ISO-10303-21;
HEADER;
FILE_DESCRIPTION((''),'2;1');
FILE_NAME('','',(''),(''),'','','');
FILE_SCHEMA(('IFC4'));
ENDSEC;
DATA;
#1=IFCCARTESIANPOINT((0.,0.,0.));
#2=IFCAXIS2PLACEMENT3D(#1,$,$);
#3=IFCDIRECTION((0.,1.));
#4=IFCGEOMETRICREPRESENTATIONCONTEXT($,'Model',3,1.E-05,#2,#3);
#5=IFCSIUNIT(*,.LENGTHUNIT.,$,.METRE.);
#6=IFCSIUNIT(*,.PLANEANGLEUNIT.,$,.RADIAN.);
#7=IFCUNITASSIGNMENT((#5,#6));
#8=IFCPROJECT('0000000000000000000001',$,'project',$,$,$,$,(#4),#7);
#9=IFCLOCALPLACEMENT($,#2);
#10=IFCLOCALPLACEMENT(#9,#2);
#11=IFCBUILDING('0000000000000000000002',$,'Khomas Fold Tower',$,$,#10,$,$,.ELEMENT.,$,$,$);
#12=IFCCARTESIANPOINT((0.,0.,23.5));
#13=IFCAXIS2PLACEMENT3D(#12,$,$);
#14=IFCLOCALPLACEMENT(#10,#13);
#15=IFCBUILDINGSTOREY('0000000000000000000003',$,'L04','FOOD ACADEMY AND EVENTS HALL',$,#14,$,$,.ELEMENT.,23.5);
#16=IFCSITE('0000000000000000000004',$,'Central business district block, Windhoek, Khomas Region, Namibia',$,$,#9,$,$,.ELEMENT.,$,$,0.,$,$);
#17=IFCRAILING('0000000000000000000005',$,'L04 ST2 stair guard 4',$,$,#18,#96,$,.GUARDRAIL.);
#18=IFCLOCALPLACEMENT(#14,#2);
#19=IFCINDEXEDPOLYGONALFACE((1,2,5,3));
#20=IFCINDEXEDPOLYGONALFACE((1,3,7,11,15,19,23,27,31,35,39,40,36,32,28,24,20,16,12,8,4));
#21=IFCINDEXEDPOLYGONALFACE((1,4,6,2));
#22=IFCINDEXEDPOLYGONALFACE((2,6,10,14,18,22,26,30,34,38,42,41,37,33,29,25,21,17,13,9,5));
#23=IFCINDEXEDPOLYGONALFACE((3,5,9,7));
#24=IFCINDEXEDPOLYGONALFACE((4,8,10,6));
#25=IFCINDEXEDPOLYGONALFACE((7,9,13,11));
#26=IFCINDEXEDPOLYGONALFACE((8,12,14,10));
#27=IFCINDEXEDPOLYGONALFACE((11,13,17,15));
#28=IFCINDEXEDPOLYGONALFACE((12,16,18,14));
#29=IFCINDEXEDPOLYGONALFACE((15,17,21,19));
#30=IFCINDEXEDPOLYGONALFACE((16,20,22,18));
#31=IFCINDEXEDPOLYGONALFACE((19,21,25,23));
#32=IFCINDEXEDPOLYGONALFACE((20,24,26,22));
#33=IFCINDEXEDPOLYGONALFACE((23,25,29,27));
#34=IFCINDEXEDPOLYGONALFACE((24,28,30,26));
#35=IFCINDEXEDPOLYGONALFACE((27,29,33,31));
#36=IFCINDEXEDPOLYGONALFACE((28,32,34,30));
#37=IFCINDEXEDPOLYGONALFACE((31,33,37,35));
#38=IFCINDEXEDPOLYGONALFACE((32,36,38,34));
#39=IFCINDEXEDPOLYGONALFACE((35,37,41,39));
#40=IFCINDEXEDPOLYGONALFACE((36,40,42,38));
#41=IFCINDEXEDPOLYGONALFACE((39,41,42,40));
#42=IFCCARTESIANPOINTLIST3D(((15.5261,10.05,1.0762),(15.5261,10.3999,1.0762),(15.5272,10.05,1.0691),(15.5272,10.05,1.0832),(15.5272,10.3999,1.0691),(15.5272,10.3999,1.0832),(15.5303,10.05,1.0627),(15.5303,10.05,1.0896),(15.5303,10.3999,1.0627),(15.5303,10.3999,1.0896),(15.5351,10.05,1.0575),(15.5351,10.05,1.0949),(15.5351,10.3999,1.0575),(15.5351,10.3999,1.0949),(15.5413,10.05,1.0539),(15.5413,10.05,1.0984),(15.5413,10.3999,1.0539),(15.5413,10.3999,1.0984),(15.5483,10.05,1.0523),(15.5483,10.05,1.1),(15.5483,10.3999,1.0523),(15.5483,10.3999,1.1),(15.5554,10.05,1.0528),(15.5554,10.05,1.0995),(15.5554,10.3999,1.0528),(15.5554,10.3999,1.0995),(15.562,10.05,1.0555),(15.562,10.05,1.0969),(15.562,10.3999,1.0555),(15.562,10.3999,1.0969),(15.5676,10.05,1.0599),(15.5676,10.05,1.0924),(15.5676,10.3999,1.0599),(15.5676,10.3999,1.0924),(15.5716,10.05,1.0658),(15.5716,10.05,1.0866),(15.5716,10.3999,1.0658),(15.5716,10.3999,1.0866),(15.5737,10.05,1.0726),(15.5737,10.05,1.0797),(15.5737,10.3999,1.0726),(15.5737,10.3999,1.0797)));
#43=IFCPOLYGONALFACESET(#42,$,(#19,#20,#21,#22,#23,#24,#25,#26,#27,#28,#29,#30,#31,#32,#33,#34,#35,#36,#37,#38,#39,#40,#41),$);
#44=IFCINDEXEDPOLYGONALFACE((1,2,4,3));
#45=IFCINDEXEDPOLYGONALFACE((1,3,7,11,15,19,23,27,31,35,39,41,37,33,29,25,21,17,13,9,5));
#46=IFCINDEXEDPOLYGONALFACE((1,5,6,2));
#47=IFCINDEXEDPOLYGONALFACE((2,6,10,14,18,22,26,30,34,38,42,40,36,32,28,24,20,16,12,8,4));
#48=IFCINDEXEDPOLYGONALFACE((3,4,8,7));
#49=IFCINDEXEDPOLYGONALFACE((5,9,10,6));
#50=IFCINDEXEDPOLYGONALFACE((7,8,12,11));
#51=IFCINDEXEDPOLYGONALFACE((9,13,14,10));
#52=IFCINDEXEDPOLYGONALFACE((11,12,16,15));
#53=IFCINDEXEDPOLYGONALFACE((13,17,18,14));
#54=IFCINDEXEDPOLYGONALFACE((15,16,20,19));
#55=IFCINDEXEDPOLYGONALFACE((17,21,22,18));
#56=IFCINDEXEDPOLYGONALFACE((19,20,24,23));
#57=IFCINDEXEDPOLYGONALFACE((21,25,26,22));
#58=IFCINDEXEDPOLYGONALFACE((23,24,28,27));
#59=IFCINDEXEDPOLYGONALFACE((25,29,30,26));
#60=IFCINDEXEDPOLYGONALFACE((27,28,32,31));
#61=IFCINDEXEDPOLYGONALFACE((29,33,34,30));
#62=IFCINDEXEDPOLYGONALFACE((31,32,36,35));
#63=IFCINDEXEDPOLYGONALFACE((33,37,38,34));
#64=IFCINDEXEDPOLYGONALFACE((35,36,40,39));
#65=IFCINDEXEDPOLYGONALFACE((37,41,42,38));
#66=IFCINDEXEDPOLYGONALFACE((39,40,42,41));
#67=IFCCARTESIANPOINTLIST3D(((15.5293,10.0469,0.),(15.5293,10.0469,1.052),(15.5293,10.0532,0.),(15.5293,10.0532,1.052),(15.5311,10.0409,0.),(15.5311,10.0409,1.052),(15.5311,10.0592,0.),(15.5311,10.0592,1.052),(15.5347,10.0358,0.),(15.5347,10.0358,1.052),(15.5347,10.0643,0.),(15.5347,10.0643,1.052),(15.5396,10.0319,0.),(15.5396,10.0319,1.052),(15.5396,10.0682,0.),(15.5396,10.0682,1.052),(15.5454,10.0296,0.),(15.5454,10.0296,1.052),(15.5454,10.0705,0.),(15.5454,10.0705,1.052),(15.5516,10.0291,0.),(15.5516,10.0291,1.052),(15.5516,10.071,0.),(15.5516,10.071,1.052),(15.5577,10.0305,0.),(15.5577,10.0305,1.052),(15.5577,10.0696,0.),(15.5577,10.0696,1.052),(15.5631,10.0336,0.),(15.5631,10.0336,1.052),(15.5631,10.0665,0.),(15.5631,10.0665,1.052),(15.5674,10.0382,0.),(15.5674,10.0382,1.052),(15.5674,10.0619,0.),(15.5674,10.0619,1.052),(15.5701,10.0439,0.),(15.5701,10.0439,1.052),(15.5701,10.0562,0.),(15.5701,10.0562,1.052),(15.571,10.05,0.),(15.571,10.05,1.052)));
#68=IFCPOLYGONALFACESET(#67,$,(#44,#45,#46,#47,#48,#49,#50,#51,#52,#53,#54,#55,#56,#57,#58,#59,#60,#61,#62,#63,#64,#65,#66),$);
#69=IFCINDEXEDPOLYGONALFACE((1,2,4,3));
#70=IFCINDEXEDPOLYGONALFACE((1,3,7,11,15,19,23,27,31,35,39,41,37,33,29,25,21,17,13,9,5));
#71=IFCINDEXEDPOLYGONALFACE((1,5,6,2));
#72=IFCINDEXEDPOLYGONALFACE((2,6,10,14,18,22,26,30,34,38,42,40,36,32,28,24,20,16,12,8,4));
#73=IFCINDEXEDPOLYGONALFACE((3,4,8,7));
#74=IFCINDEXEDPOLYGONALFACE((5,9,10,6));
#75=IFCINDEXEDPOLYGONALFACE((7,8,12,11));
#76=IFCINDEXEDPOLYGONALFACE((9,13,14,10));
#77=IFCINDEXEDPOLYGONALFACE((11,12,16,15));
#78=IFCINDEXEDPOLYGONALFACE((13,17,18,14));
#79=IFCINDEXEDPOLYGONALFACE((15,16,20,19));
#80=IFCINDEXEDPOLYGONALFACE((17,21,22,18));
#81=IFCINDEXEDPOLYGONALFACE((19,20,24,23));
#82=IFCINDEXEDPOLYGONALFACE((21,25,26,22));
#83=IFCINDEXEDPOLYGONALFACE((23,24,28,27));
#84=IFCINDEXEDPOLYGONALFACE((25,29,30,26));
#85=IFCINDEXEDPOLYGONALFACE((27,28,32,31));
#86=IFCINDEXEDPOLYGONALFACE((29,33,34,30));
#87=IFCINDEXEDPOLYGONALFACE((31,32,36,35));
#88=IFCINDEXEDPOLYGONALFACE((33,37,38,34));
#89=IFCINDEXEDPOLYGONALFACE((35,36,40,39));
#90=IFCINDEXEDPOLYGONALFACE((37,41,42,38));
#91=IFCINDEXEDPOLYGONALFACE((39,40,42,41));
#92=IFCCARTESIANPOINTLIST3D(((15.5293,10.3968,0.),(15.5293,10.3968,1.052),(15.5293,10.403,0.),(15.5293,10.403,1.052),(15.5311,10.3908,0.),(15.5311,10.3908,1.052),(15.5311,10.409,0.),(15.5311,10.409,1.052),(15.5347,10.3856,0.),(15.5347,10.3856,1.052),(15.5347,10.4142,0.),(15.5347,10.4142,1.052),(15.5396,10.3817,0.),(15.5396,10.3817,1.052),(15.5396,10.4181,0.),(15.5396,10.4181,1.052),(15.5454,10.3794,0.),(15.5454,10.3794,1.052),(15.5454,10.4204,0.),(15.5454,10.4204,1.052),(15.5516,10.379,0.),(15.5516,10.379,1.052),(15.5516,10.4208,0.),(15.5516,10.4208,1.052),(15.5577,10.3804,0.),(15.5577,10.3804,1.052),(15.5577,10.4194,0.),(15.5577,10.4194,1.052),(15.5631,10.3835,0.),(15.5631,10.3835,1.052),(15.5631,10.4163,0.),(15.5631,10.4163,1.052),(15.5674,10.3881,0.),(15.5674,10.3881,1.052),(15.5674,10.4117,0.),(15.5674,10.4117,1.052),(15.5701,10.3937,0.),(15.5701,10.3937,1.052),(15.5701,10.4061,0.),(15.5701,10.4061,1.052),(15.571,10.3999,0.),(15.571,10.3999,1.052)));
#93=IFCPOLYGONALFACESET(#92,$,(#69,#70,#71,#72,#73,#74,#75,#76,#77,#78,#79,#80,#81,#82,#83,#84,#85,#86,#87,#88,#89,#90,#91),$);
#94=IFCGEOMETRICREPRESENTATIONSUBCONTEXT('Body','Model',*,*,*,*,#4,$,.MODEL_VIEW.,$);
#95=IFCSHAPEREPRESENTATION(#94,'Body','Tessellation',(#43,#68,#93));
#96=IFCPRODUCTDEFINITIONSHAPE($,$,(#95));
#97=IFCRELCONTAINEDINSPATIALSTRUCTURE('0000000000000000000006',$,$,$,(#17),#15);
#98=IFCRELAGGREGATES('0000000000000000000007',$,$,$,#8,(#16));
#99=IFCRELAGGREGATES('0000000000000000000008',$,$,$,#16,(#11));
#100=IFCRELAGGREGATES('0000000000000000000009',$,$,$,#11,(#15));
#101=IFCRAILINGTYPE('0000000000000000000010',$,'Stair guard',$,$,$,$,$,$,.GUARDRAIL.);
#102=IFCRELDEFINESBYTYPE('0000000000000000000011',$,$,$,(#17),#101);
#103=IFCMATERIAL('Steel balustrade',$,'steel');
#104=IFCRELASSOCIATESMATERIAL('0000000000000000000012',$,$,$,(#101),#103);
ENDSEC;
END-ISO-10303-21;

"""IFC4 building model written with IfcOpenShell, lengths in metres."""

from ifc_helpers import new_model, si_unit, direction, frame, origin, origin_2d, place, context, subcontext, project, spatial, circle, extrude, source, transform, mapped, material, type_object, element, save


model = new_model("IFC4")

# Units and contexts
model_context = context("Model", 3, precision=1e-05, world=origin(), true_north=direction((0.0, 1.0)))
body_context = subcontext(model_context, "Body", "Model", "MODEL_VIEW")
ifc_project = project(units=[si_unit("LENGTHUNIT", "METRE"), si_unit("PLANEANGLEUNIT", "RADIAN")], contexts=[model_context])

# Site, building, storey
site_placement = place(None, origin())
site = spatial("IfcSite", under=ifc_project, at=site_placement, Name="Central business district block, Windhoek, Khomas Region, Namibia", CompositionType="ELEMENT", RefElevation=0.0)
building_placement = place(site_placement, origin())
building = spatial("IfcBuilding", under=site, at=building_placement, Name="Khomas Fold Tower", CompositionType="ELEMENT")
storey_placement = place(building_placement, frame((0.0, 0.0, 23.5)))
storey = spatial("IfcBuildingStorey", under=building, at=storey_placement, Name="L04", Description="FOOD ACADEMY AND EVENTS HALL", CompositionType="ELEMENT", Elevation=23.5)

# Railing
ifc_material_1 = material(Name="Steel balustrade", Category="steel")
railing_type_1 = type_object("IfcRailingType", Name="Stair guard", PredefinedType="GUARDRAIL", material=ifc_material_1)
shared_shape_1 = source(origin(), body_context, "Body", "SweptSolid", [
    extrude(circle(Radius=0.0239, at=origin_2d()), frame((0.0, 0.0, 1.0762), z_axis=(0.0, 1.0, 0.0), x_axis=(-1.0, 0.0, 0.0)), (0.0, 0.0, 1.0), 0.3499),
    extrude(circle(Radius=0.021, at=origin_2d()), origin(), (0.0, 0.0, 1.0), 1.052),
    extrude(circle(Radius=0.021, at=origin_2d()), frame((0.0, 0.3499, 0.0)), (0.0, 0.0, 1.0), 1.052),
])
railing_1_placement = place(storey_placement, frame((15.55, 10.05, 0.0)))
element("IfcRailing", 1, at=railing_1_placement, inside=storey, type_object=railing_type_1, Name="L04 ST2 stair guard 4", PredefinedType="GUARDRAIL", context=body_context, shape_type="MappedRepresentation", body=[
    mapped(shared_shape_1, transform((0.0, 0.0, 0.0))),
])

save(model, "model.ifc")
